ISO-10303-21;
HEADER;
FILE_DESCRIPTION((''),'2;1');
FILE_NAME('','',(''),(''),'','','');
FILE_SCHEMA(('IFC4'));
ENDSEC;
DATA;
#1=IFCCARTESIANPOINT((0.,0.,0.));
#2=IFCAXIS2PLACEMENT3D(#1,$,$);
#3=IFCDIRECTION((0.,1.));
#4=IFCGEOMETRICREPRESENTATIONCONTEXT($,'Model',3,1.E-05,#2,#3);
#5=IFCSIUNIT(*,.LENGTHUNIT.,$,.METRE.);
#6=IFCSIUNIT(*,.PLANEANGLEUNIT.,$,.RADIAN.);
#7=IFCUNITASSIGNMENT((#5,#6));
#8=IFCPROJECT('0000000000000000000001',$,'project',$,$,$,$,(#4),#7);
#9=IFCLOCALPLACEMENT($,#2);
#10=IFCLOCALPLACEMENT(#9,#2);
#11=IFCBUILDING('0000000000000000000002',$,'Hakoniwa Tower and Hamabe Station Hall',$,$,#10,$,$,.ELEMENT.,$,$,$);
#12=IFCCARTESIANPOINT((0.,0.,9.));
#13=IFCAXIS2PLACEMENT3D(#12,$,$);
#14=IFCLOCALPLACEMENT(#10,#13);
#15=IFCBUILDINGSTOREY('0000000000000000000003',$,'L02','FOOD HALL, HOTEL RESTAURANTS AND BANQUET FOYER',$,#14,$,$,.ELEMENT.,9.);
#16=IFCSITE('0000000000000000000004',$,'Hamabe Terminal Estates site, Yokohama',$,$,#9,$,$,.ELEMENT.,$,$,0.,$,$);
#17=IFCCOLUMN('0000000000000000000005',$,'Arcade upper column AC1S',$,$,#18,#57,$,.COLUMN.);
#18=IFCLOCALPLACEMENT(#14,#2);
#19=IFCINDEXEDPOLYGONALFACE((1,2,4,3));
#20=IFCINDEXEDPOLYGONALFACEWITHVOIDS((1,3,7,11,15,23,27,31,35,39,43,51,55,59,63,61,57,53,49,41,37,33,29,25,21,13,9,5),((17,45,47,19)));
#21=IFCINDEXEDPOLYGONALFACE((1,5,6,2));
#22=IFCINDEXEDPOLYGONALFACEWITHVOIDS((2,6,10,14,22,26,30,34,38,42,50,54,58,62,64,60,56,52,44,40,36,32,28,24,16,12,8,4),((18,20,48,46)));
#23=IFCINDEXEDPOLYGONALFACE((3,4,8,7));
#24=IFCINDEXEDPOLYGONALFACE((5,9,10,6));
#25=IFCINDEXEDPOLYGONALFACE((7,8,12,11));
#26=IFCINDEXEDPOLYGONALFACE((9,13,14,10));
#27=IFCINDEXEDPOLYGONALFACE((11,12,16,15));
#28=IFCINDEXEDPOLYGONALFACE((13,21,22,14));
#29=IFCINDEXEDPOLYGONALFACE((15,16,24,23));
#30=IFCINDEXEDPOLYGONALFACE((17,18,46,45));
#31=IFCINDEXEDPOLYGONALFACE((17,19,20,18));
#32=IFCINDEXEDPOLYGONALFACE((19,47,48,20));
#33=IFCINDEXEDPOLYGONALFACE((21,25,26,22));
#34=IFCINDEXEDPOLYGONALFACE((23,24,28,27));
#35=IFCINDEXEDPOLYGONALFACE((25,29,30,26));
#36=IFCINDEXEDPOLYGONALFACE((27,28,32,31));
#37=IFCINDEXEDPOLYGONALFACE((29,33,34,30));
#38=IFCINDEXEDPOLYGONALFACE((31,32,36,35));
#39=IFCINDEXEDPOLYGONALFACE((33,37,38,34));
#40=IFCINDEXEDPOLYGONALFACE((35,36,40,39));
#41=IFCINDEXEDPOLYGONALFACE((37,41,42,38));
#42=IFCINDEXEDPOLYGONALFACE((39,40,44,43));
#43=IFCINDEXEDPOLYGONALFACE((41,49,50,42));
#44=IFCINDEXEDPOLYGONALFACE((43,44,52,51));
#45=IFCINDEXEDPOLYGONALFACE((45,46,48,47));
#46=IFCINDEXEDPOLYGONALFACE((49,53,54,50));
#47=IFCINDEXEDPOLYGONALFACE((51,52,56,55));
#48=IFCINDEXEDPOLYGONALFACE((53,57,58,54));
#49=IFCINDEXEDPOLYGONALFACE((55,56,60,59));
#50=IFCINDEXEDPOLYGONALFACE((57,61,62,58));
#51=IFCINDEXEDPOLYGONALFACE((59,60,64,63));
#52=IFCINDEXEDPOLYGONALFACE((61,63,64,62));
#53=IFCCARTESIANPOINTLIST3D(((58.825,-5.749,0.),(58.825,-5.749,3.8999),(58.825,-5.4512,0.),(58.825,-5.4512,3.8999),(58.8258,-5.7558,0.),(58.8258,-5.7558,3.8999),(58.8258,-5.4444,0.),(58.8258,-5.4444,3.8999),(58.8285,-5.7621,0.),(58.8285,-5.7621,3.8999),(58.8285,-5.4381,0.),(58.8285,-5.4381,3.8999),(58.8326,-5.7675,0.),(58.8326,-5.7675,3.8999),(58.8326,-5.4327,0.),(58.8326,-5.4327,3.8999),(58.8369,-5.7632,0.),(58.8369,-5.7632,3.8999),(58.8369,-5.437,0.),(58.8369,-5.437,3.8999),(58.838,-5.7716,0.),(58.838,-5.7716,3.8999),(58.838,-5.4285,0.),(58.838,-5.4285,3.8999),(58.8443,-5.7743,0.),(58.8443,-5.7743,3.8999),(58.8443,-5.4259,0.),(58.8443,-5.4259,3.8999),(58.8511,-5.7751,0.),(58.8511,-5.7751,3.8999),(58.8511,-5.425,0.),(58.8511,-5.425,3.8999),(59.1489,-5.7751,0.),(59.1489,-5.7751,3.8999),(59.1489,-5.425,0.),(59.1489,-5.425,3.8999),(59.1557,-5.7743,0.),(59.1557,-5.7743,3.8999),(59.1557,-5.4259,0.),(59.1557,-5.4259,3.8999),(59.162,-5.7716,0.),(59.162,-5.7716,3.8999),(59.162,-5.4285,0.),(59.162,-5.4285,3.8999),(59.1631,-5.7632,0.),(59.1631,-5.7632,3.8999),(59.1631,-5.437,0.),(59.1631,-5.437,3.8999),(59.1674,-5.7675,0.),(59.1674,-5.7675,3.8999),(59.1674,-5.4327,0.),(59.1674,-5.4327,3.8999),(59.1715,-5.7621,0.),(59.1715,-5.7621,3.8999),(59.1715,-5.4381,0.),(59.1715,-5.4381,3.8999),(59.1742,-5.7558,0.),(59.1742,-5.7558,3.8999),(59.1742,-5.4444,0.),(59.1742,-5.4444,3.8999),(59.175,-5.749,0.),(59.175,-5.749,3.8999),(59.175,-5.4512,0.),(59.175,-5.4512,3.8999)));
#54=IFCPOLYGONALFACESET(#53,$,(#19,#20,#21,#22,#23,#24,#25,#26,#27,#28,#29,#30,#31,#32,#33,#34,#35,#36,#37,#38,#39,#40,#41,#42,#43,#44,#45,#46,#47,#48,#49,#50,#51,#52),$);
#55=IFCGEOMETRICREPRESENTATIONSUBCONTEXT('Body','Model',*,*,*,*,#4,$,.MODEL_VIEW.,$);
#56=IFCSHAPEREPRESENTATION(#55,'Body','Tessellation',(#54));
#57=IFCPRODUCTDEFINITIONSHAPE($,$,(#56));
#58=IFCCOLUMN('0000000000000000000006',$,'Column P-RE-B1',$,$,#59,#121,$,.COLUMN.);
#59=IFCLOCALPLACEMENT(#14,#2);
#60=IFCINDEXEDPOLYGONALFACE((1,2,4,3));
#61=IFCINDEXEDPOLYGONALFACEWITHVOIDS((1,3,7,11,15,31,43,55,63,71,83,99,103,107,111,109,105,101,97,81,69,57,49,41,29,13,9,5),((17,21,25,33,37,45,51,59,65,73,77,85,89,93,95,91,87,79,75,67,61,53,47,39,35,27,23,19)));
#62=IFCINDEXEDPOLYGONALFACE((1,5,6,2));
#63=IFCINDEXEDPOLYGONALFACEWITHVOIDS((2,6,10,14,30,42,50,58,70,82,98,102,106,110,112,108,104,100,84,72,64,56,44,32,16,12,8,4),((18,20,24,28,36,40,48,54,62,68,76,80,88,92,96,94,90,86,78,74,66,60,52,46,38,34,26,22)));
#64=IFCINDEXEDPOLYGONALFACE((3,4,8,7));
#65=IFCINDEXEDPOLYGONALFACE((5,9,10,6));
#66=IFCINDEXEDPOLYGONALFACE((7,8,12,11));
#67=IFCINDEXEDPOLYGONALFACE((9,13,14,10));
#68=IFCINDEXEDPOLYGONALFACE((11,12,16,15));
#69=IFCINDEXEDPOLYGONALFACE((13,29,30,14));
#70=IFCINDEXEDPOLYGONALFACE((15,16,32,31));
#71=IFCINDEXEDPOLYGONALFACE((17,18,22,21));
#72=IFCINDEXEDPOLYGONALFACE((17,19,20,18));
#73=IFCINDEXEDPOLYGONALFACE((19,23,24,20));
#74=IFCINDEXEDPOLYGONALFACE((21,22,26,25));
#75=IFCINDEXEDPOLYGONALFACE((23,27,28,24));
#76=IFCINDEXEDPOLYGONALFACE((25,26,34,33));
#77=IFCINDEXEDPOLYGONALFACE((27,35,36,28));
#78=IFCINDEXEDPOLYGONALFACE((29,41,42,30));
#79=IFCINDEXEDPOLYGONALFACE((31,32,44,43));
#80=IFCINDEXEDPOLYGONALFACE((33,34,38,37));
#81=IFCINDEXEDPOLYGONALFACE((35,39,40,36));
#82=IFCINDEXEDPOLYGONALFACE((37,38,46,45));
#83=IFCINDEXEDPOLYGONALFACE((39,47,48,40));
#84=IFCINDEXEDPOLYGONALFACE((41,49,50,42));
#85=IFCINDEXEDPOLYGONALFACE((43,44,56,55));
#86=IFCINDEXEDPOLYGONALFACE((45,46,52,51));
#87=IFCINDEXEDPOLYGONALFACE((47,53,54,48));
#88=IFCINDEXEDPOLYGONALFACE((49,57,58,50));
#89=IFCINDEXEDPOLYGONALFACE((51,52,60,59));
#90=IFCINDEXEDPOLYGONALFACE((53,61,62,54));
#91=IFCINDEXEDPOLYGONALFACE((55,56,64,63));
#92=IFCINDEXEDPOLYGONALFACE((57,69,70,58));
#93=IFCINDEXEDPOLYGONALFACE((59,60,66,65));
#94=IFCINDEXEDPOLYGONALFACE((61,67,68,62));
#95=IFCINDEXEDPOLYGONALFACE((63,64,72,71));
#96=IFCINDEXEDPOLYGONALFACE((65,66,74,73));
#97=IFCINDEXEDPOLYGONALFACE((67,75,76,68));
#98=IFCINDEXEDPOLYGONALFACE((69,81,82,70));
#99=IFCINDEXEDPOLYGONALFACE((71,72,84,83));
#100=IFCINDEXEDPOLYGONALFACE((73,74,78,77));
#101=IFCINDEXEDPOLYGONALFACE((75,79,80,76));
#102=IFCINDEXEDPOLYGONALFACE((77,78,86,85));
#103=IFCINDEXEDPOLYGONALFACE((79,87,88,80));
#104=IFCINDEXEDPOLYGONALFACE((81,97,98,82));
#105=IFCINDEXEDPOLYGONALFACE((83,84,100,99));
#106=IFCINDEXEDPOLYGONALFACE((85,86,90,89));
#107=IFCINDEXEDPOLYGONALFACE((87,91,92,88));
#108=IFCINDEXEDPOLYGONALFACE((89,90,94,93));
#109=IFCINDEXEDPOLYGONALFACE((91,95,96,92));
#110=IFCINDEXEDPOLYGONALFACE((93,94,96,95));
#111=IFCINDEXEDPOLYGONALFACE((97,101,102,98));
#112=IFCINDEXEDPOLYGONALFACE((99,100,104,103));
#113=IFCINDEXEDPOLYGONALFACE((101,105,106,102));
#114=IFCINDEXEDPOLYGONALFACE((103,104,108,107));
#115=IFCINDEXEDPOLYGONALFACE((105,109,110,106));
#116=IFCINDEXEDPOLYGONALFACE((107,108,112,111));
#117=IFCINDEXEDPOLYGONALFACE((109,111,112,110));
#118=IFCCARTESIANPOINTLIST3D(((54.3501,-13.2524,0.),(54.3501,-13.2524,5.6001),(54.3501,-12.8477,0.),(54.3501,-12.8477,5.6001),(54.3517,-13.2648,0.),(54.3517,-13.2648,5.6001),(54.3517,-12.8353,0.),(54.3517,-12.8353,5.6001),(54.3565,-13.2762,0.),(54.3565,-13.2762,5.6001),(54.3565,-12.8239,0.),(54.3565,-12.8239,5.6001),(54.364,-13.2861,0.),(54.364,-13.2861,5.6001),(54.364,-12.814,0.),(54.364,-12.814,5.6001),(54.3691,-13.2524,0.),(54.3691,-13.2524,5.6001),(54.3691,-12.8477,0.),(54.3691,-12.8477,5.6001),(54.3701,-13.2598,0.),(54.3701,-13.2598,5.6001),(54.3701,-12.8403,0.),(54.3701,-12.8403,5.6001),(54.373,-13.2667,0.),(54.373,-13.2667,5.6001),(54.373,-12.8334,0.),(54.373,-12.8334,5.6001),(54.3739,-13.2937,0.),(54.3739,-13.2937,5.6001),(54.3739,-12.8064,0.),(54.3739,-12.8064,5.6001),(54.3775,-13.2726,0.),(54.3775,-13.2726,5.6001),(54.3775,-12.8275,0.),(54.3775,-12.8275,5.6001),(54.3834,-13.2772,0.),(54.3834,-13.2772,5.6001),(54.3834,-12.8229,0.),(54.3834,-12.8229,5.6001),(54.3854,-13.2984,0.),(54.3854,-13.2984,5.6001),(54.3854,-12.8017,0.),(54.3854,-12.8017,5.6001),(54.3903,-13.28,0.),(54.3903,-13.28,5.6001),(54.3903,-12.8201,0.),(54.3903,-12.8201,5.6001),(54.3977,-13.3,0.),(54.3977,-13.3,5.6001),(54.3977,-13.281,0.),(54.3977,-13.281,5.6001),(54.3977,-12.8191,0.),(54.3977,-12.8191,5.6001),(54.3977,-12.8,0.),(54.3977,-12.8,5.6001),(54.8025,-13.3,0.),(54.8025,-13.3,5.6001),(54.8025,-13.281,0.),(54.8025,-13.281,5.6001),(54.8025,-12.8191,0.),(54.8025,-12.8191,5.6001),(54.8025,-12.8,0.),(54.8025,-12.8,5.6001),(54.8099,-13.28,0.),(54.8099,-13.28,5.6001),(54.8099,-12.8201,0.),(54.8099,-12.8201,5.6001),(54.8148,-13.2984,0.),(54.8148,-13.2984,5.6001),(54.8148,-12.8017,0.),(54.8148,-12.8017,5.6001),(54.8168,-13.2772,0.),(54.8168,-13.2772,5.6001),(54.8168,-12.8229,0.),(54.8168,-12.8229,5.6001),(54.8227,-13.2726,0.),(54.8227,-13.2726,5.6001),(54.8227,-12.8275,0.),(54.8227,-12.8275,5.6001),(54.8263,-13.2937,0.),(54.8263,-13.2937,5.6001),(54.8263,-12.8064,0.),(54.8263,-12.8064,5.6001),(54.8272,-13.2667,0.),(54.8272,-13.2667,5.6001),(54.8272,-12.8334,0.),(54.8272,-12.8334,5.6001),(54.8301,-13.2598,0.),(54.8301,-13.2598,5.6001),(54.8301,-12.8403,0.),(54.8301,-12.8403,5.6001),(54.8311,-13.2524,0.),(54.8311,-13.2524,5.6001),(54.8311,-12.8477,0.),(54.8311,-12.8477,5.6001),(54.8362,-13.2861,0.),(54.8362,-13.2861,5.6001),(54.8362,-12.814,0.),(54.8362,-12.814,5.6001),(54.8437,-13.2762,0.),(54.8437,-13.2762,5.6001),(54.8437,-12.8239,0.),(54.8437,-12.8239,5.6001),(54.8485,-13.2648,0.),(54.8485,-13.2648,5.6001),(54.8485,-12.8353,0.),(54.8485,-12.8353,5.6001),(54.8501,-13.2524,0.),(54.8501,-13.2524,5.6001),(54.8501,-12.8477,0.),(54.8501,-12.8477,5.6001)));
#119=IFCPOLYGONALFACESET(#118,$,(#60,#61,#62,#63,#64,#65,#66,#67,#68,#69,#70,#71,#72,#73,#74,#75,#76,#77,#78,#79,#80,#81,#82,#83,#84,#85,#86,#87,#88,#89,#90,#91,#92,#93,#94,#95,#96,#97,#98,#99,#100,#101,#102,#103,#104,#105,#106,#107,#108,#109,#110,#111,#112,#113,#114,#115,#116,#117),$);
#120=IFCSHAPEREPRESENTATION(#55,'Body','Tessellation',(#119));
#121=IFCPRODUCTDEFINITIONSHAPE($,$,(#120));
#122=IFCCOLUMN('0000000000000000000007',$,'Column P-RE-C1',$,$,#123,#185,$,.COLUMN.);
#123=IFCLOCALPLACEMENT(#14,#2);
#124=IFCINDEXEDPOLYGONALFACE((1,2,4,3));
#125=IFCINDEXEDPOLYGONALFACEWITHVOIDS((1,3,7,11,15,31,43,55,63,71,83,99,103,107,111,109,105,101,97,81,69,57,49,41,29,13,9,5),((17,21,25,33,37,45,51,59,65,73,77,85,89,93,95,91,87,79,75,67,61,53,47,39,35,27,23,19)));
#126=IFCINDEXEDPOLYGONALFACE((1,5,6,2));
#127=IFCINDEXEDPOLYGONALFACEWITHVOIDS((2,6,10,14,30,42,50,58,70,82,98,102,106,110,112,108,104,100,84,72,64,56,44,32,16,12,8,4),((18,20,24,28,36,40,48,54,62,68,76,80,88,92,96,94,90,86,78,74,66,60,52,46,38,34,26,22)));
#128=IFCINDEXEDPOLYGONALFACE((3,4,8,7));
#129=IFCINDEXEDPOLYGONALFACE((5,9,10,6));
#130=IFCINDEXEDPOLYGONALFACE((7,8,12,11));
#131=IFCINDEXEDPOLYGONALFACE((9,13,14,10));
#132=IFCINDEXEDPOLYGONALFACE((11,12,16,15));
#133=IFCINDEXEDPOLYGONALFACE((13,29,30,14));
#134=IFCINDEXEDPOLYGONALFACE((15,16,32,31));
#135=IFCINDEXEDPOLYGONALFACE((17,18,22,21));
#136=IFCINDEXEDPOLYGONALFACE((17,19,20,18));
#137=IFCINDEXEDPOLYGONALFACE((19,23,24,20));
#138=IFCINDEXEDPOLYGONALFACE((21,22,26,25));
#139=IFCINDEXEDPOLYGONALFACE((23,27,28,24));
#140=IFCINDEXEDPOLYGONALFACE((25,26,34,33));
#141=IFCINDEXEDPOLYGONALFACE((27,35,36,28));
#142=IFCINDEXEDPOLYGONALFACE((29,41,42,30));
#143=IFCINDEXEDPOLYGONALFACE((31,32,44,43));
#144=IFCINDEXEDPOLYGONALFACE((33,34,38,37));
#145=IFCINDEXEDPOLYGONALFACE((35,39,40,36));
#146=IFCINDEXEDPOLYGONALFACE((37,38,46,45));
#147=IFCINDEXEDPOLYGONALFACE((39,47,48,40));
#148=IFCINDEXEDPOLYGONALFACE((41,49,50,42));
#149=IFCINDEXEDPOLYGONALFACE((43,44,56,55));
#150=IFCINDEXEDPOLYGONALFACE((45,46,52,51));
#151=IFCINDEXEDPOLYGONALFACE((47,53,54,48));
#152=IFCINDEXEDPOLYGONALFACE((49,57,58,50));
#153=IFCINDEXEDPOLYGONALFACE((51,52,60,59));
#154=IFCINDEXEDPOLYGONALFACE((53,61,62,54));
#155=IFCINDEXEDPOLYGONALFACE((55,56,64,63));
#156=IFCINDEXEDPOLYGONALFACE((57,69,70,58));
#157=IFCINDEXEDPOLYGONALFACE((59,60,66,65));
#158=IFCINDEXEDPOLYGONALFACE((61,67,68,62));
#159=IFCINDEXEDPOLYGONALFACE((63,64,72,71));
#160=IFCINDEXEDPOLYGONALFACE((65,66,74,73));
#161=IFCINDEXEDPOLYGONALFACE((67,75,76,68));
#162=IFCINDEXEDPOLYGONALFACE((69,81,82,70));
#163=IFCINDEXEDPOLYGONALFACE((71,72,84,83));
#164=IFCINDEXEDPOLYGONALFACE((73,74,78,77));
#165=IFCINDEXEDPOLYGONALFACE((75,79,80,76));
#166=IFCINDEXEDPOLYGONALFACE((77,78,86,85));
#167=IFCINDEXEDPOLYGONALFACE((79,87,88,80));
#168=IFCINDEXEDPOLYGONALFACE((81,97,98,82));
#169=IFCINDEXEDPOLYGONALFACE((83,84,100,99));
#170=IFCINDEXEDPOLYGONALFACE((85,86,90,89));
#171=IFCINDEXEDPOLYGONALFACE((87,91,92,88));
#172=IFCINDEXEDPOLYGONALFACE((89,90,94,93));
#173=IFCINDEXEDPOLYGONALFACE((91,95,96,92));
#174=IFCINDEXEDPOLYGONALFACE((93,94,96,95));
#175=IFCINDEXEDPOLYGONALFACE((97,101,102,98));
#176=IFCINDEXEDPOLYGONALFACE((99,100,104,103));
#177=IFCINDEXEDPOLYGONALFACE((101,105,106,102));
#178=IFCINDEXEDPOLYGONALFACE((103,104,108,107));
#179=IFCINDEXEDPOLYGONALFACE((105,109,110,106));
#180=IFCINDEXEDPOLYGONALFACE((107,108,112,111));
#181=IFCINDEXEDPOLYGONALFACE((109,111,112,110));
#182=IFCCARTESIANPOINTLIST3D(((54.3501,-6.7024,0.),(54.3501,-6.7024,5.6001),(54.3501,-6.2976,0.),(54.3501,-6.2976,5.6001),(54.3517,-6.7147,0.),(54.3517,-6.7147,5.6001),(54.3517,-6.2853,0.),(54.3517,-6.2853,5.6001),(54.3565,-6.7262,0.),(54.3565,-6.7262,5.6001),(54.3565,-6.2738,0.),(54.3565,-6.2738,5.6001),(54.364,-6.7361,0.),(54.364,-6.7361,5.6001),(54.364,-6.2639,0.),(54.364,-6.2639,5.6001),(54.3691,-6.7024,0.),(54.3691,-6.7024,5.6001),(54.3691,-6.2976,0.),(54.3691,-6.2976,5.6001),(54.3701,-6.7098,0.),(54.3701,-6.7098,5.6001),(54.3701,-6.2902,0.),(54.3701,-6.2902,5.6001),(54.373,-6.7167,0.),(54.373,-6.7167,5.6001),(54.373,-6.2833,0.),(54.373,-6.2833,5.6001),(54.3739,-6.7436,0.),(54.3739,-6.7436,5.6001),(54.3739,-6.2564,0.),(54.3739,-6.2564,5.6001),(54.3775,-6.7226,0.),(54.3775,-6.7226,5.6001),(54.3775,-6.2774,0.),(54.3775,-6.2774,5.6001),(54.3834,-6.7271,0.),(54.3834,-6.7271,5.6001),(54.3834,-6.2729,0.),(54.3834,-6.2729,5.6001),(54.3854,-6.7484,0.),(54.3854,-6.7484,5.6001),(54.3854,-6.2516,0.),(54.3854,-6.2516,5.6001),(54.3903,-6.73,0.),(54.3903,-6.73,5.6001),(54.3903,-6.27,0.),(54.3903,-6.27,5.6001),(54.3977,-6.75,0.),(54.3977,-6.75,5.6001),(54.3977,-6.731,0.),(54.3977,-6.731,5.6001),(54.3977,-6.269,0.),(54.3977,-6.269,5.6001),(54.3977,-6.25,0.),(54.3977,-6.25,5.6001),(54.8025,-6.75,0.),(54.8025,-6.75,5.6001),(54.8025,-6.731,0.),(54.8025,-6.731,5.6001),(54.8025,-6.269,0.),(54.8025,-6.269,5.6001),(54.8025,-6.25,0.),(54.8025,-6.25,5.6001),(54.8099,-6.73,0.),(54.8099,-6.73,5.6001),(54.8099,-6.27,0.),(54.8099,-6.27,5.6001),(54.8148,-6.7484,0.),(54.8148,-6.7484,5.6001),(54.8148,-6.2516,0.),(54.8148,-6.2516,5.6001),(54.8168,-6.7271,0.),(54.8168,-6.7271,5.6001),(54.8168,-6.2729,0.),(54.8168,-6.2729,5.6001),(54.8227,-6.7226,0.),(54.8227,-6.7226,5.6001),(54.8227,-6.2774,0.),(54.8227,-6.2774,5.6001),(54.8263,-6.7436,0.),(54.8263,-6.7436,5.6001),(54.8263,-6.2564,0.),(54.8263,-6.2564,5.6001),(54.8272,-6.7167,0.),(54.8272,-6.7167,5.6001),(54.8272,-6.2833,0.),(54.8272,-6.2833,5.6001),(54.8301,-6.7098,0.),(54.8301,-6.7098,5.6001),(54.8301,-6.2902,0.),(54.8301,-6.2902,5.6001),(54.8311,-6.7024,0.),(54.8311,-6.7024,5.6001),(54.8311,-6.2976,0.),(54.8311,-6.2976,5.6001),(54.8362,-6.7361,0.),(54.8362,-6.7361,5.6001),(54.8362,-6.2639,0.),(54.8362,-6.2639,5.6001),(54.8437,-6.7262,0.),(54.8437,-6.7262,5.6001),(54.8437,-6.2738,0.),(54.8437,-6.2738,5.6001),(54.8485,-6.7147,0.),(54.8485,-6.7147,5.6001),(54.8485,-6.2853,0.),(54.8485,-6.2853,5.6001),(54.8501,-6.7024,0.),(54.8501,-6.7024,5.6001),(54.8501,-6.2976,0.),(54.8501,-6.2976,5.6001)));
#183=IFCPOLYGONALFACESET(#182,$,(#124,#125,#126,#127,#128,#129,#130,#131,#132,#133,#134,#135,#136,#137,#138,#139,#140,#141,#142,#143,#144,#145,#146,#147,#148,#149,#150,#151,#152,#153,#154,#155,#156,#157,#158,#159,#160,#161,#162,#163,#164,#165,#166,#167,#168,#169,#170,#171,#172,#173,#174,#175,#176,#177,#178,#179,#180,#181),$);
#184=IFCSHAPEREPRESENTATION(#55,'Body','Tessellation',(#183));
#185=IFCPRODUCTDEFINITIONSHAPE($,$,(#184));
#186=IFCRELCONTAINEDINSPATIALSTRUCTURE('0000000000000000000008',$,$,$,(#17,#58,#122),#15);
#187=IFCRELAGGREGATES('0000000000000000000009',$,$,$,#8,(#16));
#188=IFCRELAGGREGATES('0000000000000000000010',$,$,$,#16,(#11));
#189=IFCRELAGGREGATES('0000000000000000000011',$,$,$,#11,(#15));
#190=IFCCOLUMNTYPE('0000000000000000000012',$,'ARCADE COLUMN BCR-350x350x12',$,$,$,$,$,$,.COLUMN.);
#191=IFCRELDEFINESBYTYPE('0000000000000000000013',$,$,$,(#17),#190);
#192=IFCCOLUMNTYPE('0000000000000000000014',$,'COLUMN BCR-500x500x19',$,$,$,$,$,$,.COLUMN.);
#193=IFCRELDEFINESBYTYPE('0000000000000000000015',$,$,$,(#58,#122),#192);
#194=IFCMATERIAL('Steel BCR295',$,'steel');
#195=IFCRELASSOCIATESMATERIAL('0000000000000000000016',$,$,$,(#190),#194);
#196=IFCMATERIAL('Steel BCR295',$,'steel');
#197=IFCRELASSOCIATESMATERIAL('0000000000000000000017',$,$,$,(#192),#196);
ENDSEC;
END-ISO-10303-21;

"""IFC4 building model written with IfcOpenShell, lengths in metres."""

from ifc_helpers import new_model, si_unit, direction, frame, origin, origin_2d, place, context, subcontext, project, spatial, hollow_rectangle, extrude, material, material_profile, profile_set, type_object, element, save


model = new_model("IFC4")

# Units and contexts
model_context = context("Model", 3, precision=1e-05, world=origin(), true_north=direction((0.0, 1.0)))
body_context = subcontext(model_context, "Body", "Model", "MODEL_VIEW")
ifc_project = project(units=[si_unit("LENGTHUNIT", "METRE"), si_unit("PLANEANGLEUNIT", "RADIAN")], contexts=[model_context])

# Site, building, storey
site_placement = place(None, origin())
site = spatial("IfcSite", under=ifc_project, at=site_placement, Name="Hamabe Terminal Estates site, Yokohama", CompositionType="ELEMENT", RefElevation=0.0)
building_placement = place(site_placement, origin())
building = spatial("IfcBuilding", under=site, at=building_placement, Name="Hakoniwa Tower and Hamabe Station Hall", CompositionType="ELEMENT")
storey_placement = place(building_placement, frame((0.0, 0.0, 9.0)))
storey = spatial("IfcBuildingStorey", under=building, at=storey_placement, Name="L02", Description="FOOD HALL, HOTEL RESTAURANTS AND BANQUET FOYER", CompositionType="ELEMENT", Elevation=9.0)

# Columns
ifc_material_1 = material(Name="Steel BCR295", Category="steel")
ifc_material_profile_1 = material_profile(ifc_material_1, hollow_rectangle(XDim=0.3501, YDim=0.3501, WallThickness=0.012, OuterFilletRadius=0.0261, at=origin_2d()), Name="ARCADE COLUMN BCR-350x350x12")
ifc_profile_set_1 = profile_set([ifc_material_profile_1], Name="Steel BCR295")
column_type_1 = type_object("IfcColumnType", Name="ARCADE COLUMN BCR-350x350x12", PredefinedType="COLUMN", material=ifc_profile_set_1)
column_1_placement = place(storey_placement, frame((59.0, -5.6001, 0.0), z_axis=(0.0, 0.0, 1.0), x_axis=(1.0, 0.0, 0.0)))
element("IfcColumn", 1, at=column_1_placement, inside=storey, type_object=column_type_1, Name="Arcade upper column AC1S", PredefinedType="COLUMN", context=body_context, shape_type="SweptSolid", body=[
    extrude(hollow_rectangle(XDim=0.3501, YDim=0.3501, WallThickness=0.012, OuterFilletRadius=0.0261, at=origin_2d()), origin(), (0.0, 0.0, 1.0), 3.8999),
])
ifc_material_2 = material(Name="Steel BCR295", Category="steel")
ifc_material_profile_2 = material_profile(ifc_material_2, hollow_rectangle(XDim=0.5, YDim=0.5, WallThickness=0.019, InnerFilletRadius=0.0286, OuterFilletRadius=0.0476, at=origin_2d()), Name="BCR-500x500x19")
ifc_profile_set_2 = profile_set([ifc_material_profile_2], Name="Steel BCR295")
column_type_2 = type_object("IfcColumnType", Name="COLUMN BCR-500x500x19", PredefinedType="COLUMN", material=ifc_profile_set_2)
for number, where, z_axis, x_axis, name in (
    (2, (54.6001, -13.05, 0.0), (0.0, 0.0, 1.0), (1.0, 0.0, 0.0), "Column P-RE-B1"),
    (3, (54.6001, -6.5, 0.0), (0.0, 0.0, 1.0), (1.0, 0.0, 0.0), "Column P-RE-C1"),
):
    element("IfcColumn", number, at=place(storey_placement, frame(where, z_axis=z_axis, x_axis=x_axis)), inside=storey, type_object=column_type_2, Name=name, PredefinedType="COLUMN", context=body_context, shape_type="SweptSolid", body=[
        extrude(hollow_rectangle(XDim=0.5, YDim=0.5, WallThickness=0.019, InnerFilletRadius=0.0286, OuterFilletRadius=0.0476, at=origin_2d()), origin(), (0.0, 0.0, 1.0), 5.6001),
    ])

save(model, "model.ifc")
